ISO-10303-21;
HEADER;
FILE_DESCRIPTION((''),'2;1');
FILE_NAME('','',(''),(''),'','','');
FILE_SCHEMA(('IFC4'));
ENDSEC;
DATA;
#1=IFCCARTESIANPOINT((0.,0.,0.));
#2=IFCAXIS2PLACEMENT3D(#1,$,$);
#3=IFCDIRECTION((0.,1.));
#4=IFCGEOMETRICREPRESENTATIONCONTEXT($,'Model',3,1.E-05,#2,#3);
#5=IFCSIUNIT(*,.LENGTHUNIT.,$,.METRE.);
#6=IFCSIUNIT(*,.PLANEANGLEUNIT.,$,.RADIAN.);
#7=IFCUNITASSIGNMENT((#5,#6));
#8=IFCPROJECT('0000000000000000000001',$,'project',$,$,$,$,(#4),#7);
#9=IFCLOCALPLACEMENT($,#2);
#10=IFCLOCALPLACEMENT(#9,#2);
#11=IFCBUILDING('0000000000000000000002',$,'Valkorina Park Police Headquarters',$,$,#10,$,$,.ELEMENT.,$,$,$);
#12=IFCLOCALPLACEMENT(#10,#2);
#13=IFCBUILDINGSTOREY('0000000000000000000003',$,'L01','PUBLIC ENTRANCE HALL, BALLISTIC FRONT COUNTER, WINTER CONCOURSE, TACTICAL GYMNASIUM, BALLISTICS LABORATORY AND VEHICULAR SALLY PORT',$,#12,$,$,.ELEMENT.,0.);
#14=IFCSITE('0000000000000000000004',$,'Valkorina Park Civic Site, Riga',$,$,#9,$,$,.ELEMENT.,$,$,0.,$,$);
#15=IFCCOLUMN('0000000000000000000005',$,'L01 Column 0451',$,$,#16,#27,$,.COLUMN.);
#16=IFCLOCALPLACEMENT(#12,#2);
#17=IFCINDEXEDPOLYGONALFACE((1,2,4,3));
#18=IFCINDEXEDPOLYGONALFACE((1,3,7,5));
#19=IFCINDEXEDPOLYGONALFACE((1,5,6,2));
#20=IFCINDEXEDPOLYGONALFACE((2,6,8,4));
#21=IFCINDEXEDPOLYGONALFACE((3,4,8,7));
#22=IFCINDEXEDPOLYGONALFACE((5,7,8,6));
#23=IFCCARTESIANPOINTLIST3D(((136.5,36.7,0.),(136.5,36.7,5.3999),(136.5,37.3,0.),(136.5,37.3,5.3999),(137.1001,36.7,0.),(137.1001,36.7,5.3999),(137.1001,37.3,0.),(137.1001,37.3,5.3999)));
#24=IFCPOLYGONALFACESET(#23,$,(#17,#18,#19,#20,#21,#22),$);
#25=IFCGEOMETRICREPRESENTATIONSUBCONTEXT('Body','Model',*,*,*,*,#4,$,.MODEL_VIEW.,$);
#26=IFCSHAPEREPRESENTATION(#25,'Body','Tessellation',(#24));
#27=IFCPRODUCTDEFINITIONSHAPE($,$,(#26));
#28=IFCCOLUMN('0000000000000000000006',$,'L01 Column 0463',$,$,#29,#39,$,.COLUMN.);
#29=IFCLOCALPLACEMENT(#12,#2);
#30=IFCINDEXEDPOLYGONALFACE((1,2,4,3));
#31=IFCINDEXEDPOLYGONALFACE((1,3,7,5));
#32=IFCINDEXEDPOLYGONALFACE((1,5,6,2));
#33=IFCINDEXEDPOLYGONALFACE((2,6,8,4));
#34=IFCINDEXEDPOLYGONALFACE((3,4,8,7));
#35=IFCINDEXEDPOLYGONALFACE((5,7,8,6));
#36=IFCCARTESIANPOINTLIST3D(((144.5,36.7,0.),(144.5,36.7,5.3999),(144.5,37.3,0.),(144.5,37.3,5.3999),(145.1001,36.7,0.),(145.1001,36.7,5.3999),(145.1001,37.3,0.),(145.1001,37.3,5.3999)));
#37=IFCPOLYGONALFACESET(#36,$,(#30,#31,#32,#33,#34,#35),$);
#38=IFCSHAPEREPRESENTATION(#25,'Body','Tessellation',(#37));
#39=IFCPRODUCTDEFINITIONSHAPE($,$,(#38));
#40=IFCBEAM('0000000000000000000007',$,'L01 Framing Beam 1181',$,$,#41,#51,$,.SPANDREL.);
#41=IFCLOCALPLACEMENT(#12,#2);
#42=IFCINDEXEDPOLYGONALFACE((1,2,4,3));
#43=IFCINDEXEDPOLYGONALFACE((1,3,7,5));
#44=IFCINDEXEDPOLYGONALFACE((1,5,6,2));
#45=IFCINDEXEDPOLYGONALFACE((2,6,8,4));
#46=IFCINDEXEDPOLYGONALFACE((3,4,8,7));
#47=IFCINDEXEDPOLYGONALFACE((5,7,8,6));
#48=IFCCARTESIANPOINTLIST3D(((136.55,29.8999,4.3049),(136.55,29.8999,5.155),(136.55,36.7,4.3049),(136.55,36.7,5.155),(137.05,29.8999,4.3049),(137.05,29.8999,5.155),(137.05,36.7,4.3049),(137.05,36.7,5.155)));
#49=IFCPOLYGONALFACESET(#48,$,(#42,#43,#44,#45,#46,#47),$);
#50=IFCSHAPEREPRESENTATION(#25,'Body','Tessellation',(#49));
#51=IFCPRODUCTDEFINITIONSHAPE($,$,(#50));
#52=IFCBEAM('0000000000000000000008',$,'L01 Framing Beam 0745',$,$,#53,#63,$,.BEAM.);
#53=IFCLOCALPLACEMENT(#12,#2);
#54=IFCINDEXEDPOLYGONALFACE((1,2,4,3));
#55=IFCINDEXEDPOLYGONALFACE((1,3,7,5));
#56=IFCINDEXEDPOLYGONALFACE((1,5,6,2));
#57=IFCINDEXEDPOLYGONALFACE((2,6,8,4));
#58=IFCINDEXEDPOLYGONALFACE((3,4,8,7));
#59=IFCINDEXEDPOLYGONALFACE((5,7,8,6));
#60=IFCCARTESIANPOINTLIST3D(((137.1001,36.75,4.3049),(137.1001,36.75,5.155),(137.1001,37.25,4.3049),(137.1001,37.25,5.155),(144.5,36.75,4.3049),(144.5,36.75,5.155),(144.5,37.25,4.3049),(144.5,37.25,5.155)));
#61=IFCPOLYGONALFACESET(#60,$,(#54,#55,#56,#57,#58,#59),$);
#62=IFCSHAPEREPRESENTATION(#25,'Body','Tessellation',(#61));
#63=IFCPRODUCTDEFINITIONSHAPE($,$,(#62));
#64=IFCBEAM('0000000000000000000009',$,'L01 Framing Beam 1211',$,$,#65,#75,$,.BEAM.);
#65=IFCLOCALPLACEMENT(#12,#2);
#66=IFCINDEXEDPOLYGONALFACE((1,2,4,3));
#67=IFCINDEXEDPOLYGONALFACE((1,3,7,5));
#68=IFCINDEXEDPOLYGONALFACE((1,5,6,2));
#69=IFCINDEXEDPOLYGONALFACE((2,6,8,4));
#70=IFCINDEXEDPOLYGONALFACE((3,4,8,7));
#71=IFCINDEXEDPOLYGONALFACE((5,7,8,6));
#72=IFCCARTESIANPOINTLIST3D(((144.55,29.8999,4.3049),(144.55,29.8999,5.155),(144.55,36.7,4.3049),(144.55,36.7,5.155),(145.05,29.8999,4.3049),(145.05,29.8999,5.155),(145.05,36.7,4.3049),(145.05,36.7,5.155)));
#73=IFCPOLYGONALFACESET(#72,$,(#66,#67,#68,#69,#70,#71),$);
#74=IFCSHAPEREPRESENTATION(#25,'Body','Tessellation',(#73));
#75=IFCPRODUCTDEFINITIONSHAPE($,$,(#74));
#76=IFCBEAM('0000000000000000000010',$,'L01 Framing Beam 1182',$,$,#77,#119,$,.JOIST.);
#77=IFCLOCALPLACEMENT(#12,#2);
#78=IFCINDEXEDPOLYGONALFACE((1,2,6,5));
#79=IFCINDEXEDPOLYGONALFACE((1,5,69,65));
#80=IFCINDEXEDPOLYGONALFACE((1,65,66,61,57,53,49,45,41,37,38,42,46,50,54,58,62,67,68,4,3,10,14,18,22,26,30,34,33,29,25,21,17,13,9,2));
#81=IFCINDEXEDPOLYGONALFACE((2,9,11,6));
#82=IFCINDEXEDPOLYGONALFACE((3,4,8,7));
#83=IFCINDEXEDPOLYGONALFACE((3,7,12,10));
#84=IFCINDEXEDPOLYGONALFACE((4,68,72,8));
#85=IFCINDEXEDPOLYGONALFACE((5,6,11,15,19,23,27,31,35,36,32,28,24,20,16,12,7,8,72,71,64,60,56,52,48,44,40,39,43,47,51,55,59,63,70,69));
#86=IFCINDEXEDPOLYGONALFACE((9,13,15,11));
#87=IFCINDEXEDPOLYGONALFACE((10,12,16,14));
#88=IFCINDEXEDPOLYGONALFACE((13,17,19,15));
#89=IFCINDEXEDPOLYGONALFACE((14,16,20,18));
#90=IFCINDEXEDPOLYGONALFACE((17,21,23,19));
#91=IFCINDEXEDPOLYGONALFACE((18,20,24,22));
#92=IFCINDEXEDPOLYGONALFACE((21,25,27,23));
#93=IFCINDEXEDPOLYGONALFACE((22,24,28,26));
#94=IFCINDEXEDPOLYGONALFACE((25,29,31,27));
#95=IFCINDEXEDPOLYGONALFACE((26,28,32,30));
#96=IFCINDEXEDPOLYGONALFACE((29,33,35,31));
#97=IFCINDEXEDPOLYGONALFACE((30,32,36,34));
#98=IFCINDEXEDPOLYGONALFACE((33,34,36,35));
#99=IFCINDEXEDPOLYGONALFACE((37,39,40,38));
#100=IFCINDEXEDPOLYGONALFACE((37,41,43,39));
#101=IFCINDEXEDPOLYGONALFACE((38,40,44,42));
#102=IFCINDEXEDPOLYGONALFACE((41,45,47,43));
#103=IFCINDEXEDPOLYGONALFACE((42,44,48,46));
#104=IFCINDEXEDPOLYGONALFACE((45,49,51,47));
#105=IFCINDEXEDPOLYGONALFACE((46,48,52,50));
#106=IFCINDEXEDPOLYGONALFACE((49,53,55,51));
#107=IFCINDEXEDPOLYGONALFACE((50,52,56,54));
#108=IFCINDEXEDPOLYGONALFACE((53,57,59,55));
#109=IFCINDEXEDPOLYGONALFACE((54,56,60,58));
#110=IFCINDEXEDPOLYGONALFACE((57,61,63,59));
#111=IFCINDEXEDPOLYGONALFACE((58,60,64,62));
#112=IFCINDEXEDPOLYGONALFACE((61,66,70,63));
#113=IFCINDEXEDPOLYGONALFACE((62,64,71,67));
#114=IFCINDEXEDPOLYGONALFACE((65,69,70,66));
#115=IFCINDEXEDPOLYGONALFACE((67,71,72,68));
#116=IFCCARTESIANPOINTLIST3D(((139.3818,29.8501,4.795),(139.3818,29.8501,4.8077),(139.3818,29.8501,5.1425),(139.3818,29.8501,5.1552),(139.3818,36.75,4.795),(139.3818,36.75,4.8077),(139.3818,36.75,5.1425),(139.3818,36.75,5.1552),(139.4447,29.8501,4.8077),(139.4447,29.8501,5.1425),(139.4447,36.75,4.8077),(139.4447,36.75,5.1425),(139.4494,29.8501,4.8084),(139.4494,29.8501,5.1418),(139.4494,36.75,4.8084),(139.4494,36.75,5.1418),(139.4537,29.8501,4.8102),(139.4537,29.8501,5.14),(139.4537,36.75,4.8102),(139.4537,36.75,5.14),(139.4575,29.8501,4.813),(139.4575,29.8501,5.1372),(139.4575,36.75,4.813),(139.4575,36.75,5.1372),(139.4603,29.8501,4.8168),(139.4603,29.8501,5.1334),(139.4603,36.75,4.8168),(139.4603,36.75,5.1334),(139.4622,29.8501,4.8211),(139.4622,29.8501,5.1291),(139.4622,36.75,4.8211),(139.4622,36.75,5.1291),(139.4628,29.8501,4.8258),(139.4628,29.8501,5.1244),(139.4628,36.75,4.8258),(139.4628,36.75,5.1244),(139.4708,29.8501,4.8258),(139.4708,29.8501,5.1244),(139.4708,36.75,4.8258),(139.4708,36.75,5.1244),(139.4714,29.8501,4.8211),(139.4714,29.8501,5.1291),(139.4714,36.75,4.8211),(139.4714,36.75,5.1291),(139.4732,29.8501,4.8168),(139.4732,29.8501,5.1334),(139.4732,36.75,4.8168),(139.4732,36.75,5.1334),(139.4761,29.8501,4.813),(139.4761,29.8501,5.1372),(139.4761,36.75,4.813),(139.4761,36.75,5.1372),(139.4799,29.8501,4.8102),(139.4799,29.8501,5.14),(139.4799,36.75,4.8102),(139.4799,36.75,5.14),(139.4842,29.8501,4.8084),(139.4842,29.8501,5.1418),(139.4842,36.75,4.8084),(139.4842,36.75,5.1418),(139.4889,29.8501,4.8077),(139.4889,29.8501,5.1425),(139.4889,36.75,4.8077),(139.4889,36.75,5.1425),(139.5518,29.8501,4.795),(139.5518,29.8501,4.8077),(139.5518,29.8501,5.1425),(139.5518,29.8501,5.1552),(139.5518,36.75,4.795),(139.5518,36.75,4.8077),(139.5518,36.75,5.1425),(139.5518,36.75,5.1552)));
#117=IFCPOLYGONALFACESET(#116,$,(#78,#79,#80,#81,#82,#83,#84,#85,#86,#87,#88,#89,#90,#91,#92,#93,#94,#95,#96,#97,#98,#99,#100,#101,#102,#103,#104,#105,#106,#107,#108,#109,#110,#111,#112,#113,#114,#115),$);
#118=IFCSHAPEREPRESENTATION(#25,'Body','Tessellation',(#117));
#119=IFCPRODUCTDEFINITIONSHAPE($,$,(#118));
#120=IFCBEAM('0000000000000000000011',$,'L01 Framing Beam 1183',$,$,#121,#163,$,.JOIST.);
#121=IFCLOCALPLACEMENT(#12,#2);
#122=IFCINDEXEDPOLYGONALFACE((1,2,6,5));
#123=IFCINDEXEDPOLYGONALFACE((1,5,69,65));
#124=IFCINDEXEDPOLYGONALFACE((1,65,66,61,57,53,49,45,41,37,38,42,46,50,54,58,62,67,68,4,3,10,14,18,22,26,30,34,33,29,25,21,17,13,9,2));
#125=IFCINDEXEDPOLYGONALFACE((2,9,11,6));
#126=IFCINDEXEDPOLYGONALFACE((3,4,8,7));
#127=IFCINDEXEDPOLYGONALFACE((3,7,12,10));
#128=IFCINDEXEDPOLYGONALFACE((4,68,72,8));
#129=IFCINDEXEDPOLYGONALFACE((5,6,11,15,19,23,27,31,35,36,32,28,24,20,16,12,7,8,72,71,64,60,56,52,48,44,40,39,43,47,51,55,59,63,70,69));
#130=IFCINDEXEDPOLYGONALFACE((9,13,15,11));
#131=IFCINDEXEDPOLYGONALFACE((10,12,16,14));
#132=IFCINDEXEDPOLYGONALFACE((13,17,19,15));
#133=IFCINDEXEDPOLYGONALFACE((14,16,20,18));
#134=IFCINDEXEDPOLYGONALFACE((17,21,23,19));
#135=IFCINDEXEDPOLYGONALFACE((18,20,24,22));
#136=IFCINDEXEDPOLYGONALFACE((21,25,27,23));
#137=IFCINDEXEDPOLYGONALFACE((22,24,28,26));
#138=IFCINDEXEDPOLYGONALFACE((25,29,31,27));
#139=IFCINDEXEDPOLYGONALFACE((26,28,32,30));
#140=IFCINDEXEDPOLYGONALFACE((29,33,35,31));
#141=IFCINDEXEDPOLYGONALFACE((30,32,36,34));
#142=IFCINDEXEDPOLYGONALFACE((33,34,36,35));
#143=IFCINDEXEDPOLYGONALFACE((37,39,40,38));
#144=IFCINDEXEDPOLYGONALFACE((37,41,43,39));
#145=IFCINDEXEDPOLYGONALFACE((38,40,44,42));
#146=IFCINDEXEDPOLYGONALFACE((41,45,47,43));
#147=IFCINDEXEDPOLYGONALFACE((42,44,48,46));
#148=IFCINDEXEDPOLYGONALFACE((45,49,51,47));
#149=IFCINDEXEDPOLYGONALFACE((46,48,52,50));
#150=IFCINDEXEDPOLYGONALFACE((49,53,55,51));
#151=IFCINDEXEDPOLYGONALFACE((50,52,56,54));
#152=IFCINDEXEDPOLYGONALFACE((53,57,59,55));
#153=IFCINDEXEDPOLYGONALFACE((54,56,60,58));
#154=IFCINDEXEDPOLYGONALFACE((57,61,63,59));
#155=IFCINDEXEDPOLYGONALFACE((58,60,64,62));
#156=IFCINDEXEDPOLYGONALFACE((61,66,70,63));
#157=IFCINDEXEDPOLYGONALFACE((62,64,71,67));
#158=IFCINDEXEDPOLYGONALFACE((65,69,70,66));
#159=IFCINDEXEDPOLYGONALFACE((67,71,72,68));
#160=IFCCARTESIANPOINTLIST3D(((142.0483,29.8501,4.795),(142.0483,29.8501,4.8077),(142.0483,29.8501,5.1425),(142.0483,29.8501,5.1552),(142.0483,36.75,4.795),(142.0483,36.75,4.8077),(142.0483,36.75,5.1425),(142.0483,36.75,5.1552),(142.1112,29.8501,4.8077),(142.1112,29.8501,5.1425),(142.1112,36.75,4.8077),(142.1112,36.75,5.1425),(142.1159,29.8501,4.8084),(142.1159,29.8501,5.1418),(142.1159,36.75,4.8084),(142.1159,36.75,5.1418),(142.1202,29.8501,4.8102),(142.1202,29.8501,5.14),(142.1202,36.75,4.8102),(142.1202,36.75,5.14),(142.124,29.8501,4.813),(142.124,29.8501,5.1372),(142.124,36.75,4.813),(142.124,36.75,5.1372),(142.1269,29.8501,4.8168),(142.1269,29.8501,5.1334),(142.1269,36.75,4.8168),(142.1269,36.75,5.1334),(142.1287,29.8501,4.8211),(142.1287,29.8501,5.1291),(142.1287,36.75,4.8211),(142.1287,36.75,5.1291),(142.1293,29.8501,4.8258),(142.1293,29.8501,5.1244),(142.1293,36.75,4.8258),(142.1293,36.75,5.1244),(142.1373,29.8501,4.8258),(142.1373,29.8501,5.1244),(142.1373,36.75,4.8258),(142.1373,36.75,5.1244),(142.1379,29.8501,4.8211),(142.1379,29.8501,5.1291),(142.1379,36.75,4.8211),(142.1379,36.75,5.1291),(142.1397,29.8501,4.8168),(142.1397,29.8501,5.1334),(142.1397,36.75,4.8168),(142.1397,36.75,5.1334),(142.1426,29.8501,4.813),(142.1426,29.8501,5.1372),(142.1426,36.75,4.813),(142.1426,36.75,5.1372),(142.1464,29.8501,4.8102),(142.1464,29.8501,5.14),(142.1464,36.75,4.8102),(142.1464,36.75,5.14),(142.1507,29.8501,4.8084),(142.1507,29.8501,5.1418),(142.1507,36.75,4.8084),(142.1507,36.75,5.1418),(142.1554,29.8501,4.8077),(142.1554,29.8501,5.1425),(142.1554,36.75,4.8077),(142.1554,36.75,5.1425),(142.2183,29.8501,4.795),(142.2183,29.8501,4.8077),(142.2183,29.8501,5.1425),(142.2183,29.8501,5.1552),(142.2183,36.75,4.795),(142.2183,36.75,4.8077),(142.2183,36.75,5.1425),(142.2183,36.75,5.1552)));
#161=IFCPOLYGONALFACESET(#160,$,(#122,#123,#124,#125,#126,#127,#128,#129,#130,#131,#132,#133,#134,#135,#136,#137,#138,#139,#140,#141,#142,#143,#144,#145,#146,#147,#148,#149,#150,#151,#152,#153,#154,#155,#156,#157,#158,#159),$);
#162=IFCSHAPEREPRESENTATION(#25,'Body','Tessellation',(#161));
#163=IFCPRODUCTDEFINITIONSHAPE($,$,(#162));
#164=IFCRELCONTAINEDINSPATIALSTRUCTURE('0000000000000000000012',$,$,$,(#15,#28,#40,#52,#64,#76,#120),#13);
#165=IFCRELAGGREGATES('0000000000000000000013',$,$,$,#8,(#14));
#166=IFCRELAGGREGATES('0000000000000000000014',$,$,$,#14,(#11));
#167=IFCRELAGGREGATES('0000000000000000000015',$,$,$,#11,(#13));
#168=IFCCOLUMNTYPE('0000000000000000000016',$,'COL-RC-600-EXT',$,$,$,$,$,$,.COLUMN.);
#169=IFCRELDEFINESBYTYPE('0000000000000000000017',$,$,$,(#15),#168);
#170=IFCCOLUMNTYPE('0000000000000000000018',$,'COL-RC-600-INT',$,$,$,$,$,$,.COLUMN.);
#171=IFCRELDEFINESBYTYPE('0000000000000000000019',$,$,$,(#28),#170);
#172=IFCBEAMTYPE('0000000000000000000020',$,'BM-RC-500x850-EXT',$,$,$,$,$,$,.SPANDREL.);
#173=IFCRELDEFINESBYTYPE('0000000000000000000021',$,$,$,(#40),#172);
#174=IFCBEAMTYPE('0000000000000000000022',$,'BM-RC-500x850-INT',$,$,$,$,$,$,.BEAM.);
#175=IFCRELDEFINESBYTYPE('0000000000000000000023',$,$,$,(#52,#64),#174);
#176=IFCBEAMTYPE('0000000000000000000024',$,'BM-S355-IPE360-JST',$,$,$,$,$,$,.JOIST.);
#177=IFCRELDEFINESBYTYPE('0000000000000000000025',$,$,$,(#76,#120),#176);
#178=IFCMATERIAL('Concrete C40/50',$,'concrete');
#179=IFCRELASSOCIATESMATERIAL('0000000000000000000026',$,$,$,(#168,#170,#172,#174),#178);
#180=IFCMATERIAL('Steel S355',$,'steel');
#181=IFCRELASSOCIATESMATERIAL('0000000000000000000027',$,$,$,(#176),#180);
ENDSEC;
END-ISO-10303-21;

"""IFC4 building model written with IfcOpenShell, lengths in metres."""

from ifc_helpers import new_model, si_unit, direction, frame, origin, origin_2d, place, context, subcontext, project, spatial, rectangle, i_section, extrude, material, material_profile, profile_set, type_object, element, save


model = new_model("IFC4")

# Units and contexts
model_context = context("Model", 3, precision=1e-05, world=origin(), true_north=direction((0.0, 1.0)))
body_context = subcontext(model_context, "Body", "Model", "MODEL_VIEW")
ifc_project = project(units=[si_unit("LENGTHUNIT", "METRE"), si_unit("PLANEANGLEUNIT", "RADIAN")], contexts=[model_context])

# Site, building, storey
site_placement = place(None, origin())
site = spatial("IfcSite", under=ifc_project, at=site_placement, Name="Valkorina Park Civic Site, Riga", CompositionType="ELEMENT", RefElevation=0.0)
building_placement = place(site_placement, origin())
building = spatial("IfcBuilding", under=site, at=building_placement, Name="Valkorina Park Police Headquarters", CompositionType="ELEMENT")
storey_placement = place(building_placement, origin())
storey = spatial("IfcBuildingStorey", under=building, at=storey_placement, Name="L01", Description="PUBLIC ENTRANCE HALL, BALLISTIC FRONT COUNTER, WINTER CONCOURSE, TACTICAL GYMNASIUM, BALLISTICS LABORATORY AND VEHICULAR SALLY PORT", CompositionType="ELEMENT", Elevation=0.0)

# Columns
ifc_material_1 = material(Name="Concrete C40/50", Category="concrete")
ifc_material_profile_1 = material_profile(ifc_material_1, rectangle(XDim=0.6001, YDim=0.6001, at=origin_2d()), Name="RC COL 600x600")
ifc_profile_set_1 = profile_set([ifc_material_profile_1], Name="Concrete C40/50")
column_type_1 = type_object("IfcColumnType", Name="COL-RC-600-EXT", PredefinedType="COLUMN", material=ifc_profile_set_1)
column_1_placement = place(storey_placement, frame((136.8, 37.0, 0.0), z_axis=(0.0, 0.0, 1.0), x_axis=(1.0, 0.0, 0.0)))
element("IfcColumn", 1, at=column_1_placement, inside=storey, type_object=column_type_1, Name="L01 Column 0451", PredefinedType="COLUMN", context=body_context, shape_type="SweptSolid", body=[
    extrude(rectangle(XDim=0.6001, YDim=0.6001, at=origin_2d()), origin(), (0.0, 0.0, 1.0), 5.3999),
])
ifc_material_profile_2 = material_profile(ifc_material_1, rectangle(XDim=0.6001, YDim=0.6001, at=origin_2d()), Name="RC COL 600x600")
ifc_profile_set_2 = profile_set([ifc_material_profile_2], Name="Concrete C40/50")
column_type_2 = type_object("IfcColumnType", Name="COL-RC-600-INT", PredefinedType="COLUMN", material=ifc_profile_set_2)
column_2_placement = place(storey_placement, frame((144.8, 37.0, 0.0), z_axis=(0.0, 0.0, 1.0), x_axis=(1.0, 0.0, 0.0)))
element("IfcColumn", 2, at=column_2_placement, inside=storey, type_object=column_type_2, Name="L01 Column 0463", PredefinedType="COLUMN", context=body_context, shape_type="SweptSolid", body=[
    extrude(rectangle(XDim=0.6001, YDim=0.6001, at=origin_2d()), origin(), (0.0, 0.0, 1.0), 5.3999),
])

# Beams
ifc_material_profile_3 = material_profile(ifc_material_1, rectangle(XDim=0.5, YDim=0.8501, at=origin_2d()), Name="RC BEAM 500x850")
ifc_profile_set_3 = profile_set([ifc_material_profile_3], Name="Concrete C40/50")
beam_type_1 = type_object("IfcBeamType", Name="BM-RC-500x850-EXT", PredefinedType="SPANDREL", material=ifc_profile_set_3)
beam_1_placement = place(storey_placement, frame((136.8, 29.8999, 4.73), z_axis=(0.0, 1.0, 0.0), x_axis=(-1.0, 0.0, 0.0)))
element("IfcBeam", 3, at=beam_1_placement, inside=storey, type_object=beam_type_1, Name="L01 Framing Beam 1181", PredefinedType="SPANDREL", context=body_context, shape_type="SweptSolid", body=[
    extrude(rectangle(XDim=0.5, YDim=0.8501, at=origin_2d()), origin(), (0.0, 0.0, 1.0), 6.8),
])
ifc_material_profile_4 = material_profile(ifc_material_1, rectangle(XDim=0.5, YDim=0.8501, at=origin_2d()), Name="RC BEAM 500x850")
ifc_profile_set_4 = profile_set([ifc_material_profile_4], Name="Concrete C40/50")
beam_type_2 = type_object("IfcBeamType", Name="BM-RC-500x850-INT", PredefinedType="BEAM", material=ifc_profile_set_4)
beam_2_placement = place(storey_placement, frame((137.1001, 37.0, 4.73), z_axis=(1.0, 0.0, 0.0), x_axis=(0.0, 1.0, 0.0)))
element("IfcBeam", 4, at=beam_2_placement, inside=storey, type_object=beam_type_2, Name="L01 Framing Beam 0745", PredefinedType="BEAM", context=body_context, shape_type="SweptSolid", body=[
    extrude(rectangle(XDim=0.5, YDim=0.8501, at=origin_2d()), origin(), (0.0, 0.0, 1.0), 7.3999),
])
beam_3_placement = place(storey_placement, frame((144.8, 29.8999, 4.73), z_axis=(0.0, 1.0, 0.0), x_axis=(-1.0, 0.0, 0.0)))
element("IfcBeam", 5, at=beam_3_placement, inside=storey, type_object=beam_type_2, Name="L01 Framing Beam 1211", PredefinedType="BEAM", context=body_context, shape_type="SweptSolid", body=[
    extrude(rectangle(XDim=0.5, YDim=0.8501, at=origin_2d()), origin(), (0.0, 0.0, 1.0), 6.8),
])
ifc_material_2 = material(Name="Steel S355", Category="steel")
ifc_material_profile_5 = material_profile(ifc_material_2, i_section(OverallWidth=0.1699, OverallDepth=0.3601, WebThickness=0.0081, FlangeThickness=0.0127, FilletRadius=0.0181, at=origin_2d()), Name="IPE 360")
ifc_profile_set_5 = profile_set([ifc_material_profile_5], Name="Steel S355")
beam_type_3 = type_object("IfcBeamType", Name="BM-S355-IPE360-JST", PredefinedType="JOIST", material=ifc_profile_set_5)
for number, where, z_axis, x_axis, name in (
    (6, (139.4668, 29.8501, 4.9751), (0.0, 1.0, 0.0), (-1.0, 0.0, 0.0), "L01 Framing Beam 1182"),
    (7, (142.1333, 29.8501, 4.9751), (0.0, 1.0, 0.0), (-1.0, 0.0, 0.0), "L01 Framing Beam 1183"),
):
    element("IfcBeam", number, at=place(storey_placement, frame(where, z_axis=z_axis, x_axis=x_axis)), inside=storey, type_object=beam_type_3, Name=name, PredefinedType="JOIST", context=body_context, shape_type="SweptSolid", body=[
        extrude(i_section(OverallWidth=0.1699, OverallDepth=0.3601, WebThickness=0.0081, FlangeThickness=0.0127, FilletRadius=0.0181, at=origin_2d()), origin(), (0.0, 0.0, 1.0), 6.8999),
    ])

save(model, "model.ifc")
